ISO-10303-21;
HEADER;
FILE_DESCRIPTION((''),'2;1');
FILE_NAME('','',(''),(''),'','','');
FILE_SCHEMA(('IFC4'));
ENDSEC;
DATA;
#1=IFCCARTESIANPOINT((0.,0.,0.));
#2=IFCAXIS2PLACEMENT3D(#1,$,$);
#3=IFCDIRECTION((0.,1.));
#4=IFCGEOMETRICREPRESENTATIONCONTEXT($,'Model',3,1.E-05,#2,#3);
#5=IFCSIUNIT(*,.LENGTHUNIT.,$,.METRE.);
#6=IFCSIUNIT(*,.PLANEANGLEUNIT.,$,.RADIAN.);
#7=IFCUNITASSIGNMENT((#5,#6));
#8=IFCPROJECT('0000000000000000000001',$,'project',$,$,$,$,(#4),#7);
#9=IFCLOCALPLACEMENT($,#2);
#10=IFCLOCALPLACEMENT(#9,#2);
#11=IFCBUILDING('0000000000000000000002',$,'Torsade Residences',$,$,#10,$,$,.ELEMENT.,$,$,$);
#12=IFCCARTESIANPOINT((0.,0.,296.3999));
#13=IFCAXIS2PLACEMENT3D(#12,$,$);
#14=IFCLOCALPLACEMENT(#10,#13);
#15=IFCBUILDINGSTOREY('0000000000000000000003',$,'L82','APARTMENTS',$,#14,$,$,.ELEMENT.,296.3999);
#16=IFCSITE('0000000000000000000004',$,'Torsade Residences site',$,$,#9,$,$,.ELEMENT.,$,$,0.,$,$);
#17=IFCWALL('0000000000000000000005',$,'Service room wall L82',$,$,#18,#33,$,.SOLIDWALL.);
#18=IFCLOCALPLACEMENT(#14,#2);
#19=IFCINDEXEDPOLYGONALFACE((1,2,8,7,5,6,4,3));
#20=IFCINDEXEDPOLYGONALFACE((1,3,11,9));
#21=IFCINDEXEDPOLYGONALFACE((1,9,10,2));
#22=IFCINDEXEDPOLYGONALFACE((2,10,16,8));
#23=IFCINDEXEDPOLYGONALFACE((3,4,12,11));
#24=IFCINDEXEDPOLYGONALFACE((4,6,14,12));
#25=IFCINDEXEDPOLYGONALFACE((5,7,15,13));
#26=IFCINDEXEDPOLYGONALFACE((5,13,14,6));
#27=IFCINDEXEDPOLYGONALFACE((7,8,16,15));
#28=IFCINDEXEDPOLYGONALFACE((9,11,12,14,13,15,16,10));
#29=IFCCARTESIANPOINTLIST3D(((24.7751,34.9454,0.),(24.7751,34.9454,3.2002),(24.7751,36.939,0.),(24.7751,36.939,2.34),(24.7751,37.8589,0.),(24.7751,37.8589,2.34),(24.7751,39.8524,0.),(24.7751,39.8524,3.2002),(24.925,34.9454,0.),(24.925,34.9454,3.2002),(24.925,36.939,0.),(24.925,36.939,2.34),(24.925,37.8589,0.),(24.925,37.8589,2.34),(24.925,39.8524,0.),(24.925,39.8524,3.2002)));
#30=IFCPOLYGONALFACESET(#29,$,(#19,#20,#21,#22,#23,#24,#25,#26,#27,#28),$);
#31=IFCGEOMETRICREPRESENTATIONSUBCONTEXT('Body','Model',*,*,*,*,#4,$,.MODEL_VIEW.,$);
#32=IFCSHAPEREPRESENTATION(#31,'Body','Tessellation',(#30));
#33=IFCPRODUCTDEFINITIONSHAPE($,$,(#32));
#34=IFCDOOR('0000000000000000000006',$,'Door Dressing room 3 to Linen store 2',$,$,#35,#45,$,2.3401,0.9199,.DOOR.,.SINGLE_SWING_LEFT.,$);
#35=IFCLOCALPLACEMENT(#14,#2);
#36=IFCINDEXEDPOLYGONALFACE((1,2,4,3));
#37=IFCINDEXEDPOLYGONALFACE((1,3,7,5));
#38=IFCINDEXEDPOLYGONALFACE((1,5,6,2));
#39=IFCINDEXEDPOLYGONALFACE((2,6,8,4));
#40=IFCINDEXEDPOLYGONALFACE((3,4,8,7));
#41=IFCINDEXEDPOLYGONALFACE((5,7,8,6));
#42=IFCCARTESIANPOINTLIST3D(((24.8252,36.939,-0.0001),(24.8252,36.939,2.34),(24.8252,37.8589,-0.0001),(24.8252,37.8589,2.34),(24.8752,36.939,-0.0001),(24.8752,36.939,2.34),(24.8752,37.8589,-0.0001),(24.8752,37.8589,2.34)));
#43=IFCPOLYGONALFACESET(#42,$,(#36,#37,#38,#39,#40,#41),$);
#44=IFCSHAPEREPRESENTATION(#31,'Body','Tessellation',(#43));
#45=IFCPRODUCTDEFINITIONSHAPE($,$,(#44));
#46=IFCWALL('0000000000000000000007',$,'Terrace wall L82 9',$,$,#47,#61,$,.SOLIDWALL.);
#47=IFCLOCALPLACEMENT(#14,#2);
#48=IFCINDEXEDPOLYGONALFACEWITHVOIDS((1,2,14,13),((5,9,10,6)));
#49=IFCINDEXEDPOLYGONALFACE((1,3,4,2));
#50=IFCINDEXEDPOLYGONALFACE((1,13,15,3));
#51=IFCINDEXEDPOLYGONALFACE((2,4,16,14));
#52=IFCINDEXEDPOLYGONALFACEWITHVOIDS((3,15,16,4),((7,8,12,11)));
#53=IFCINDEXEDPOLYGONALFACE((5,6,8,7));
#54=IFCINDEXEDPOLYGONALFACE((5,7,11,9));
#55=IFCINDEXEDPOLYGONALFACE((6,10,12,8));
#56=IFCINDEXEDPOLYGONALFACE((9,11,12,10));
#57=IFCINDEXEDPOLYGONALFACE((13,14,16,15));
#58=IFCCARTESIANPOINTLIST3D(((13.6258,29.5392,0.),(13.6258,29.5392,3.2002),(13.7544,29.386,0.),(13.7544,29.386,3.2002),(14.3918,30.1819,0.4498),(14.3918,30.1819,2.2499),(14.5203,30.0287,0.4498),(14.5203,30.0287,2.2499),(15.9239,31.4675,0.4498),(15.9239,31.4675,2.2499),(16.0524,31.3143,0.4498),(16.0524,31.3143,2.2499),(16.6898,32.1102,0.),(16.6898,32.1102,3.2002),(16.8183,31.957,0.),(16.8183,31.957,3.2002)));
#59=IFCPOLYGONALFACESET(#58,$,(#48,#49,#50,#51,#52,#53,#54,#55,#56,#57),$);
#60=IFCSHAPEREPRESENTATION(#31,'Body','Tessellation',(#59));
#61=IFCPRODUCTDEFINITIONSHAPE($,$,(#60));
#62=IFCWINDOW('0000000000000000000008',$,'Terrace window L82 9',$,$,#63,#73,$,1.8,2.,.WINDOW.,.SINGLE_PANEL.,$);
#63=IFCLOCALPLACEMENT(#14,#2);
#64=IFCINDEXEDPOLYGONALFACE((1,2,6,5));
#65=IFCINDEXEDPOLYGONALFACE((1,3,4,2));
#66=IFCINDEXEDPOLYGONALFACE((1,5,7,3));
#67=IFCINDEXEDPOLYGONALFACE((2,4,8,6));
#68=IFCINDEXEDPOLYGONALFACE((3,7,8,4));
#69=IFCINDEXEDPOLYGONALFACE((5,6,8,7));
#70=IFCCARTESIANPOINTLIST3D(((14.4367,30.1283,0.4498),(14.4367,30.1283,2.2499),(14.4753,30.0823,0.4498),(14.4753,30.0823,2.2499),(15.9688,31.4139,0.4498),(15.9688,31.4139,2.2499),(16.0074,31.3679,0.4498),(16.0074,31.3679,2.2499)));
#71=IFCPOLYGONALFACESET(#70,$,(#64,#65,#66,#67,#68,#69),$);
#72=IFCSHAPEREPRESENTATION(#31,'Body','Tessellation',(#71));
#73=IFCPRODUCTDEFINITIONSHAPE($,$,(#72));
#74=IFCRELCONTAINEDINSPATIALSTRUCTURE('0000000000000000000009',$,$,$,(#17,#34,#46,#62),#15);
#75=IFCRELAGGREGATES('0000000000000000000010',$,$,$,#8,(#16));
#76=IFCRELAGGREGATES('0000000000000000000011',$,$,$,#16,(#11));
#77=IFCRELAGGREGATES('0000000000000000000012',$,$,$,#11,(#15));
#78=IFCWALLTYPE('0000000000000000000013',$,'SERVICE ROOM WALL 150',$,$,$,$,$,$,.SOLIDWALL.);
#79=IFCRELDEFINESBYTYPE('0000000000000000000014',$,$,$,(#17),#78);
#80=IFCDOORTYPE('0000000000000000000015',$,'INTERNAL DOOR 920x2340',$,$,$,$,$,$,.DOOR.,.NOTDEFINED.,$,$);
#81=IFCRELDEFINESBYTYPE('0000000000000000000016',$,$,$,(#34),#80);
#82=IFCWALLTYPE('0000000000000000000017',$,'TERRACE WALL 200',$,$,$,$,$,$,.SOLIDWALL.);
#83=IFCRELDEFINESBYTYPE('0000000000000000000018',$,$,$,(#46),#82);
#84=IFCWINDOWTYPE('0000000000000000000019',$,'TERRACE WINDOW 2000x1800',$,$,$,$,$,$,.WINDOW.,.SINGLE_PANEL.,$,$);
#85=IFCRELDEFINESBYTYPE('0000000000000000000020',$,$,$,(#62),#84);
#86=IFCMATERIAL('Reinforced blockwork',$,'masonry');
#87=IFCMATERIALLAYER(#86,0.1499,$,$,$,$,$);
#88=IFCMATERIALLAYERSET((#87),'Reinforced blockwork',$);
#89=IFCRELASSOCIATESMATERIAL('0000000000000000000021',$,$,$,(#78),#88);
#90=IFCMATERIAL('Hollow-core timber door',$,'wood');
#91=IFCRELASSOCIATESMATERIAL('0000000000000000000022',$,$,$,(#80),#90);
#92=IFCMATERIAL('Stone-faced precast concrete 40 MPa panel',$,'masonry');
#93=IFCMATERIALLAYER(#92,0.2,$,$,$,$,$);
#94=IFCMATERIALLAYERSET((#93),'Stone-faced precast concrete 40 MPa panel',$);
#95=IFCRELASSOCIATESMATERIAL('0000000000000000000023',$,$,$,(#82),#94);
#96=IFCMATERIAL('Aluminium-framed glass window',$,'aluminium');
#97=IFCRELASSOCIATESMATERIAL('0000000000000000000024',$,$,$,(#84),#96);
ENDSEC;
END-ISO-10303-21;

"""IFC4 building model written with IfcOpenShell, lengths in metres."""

from ifc_helpers import new_model, si_unit, direction, frame, frame_2d, origin, place, context, subcontext, project, spatial, rectangle, extrude, material, layer, layer_set, type_object, element, fill, save


model = new_model("IFC4")

# Units and contexts
model_context = context("Model", 3, precision=1e-05, world=origin(), true_north=direction((0.0, 1.0)))
body_context = subcontext(model_context, "Body", "Model", "MODEL_VIEW")
ifc_project = project(units=[si_unit("LENGTHUNIT", "METRE"), si_unit("PLANEANGLEUNIT", "RADIAN")], contexts=[model_context])

# Site, building, storey
site_placement = place(None, origin())
site = spatial("IfcSite", under=ifc_project, at=site_placement, Name="Torsade Residences site", CompositionType="ELEMENT", RefElevation=0.0)
building_placement = place(site_placement, origin())
building = spatial("IfcBuilding", under=site, at=building_placement, Name="Torsade Residences", CompositionType="ELEMENT")
storey_placement = place(building_placement, frame((0.0, 0.0, 296.3999)))
storey = spatial("IfcBuildingStorey", under=building, at=storey_placement, Name="L82", Description="APARTMENTS", CompositionType="ELEMENT", Elevation=296.3999)

# Shared definitions
ifc_material_1 = material(Name="Reinforced blockwork", Category="masonry")
ifc_layer_1 = layer(ifc_material_1, 0.1499)
ifc_layer_set_1 = layer_set([ifc_layer_1], Name="Reinforced blockwork")
wall_type_1 = type_object("IfcWallType", Name="SERVICE ROOM WALL 150", PredefinedType="SOLIDWALL", material=ifc_layer_set_1)

# Wall, opening, door
wall_1_placement = place(storey_placement, frame((24.8501, 34.9453, 0.0), z_axis=(0.0, 0.0, 1.0), x_axis=(0.0, 1.0, 0.0)))
wall_1 = element("IfcWall", 1, at=wall_1_placement, inside=storey, type_object=wall_type_1, Name="Service room wall L82", PredefinedType="SOLIDWALL", context=body_context, shape_type="SweptSolid", body=[
    extrude(rectangle(XDim=4.907, YDim=0.1499, at=frame_2d((2.4536, 0.0))), origin(), (0.0, 0.0, 1.0), 3.2002),
])
opening_1_placement = place(wall_1_placement, frame((1.9937, 0.0, 0.0)))
opening_1 = element("IfcOpeningElement", 2, at=opening_1_placement, cuts=wall_1, PredefinedType="OPENING", context=body_context, shape_type="SweptSolid", body=[
    extrude(rectangle(XDim=0.9199, YDim=2.3401, at=frame_2d((0.46, 1.1699))), frame((0.0, 0.085, 0.0), z_axis=(0.0, -1.0, 0.0), x_axis=(1.0, 0.0, 0.0)), (0.0, 0.0, 1.0), 0.1699),
])
ifc_material_2 = material(Name="Hollow-core timber door", Category="wood")
door_type_1 = type_object("IfcDoorType", Name="INTERNAL DOOR 920x2340", OperationType="NOTDEFINED", PredefinedType="DOOR", material=ifc_material_2)
door_1_placement = place(opening_1_placement, origin())
door_1 = element("IfcDoor", 3, at=door_1_placement, inside=storey, type_object=door_type_1, Name="Door Dressing room 3 to Linen store 2", OperationType="SINGLE_SWING_LEFT", OverallHeight=2.3401, OverallWidth=0.9199, PredefinedType="DOOR", context=body_context, shape_type="SweptSolid", body=[
    extrude(rectangle(XDim=0.9199, YDim=2.3401, at=frame_2d((0.46, 1.1699))), frame((0.0, 0.0249, 0.0), z_axis=(0.0, -1.0, 0.0), x_axis=(1.0, 0.0, 0.0)), (0.0, 0.0, 1.0), 0.05),
])
fill(opening_1, door_1)
ifc_material_3 = material(Name="Stone-faced precast concrete 40 MPa panel", Category="masonry")
ifc_layer_2 = layer(ifc_material_3, 0.2)
ifc_layer_set_2 = layer_set([ifc_layer_2], Name="Stone-faced precast concrete 40 MPa panel")
wall_type_2 = type_object("IfcWallType", Name="TERRACE WALL 200", PredefinedType="SOLIDWALL", material=ifc_layer_set_2)

# Wall, opening, window
wall_2_placement = place(storey_placement, frame((16.7542, 32.0337, 0.0), z_axis=(0.0, 0.0, 1.0), x_axis=(-0.766035, -0.642798, 0.0)))
wall_2 = element("IfcWall", 4, at=wall_2_placement, inside=storey, type_object=wall_type_2, Name="Terrace wall L82 9", PredefinedType="SOLIDWALL", context=body_context, shape_type="SweptSolid", body=[
    extrude(rectangle(XDim=3.9998, YDim=0.2, at=frame_2d((2.0, 0.0))), origin(), (0.0, 0.0, 1.0), 3.2002),
])
opening_2_placement = place(wall_2_placement, frame((1.0, 0.0, 0.45)))
opening_2 = element("IfcOpeningElement", 5, at=opening_2_placement, cuts=wall_2, PredefinedType="OPENING", context=body_context, shape_type="SweptSolid", body=[
    extrude(rectangle(XDim=2.0, YDim=1.8, at=frame_2d((1.0, 0.8999))), frame((0.0, 0.1099, 0.0), z_axis=(0.0, -1.0, 0.0), x_axis=(1.0, 0.0, 0.0)), (0.0, 0.0, 1.0), 0.22),
])
ifc_material_4 = material(Name="Aluminium-framed glass window", Category="aluminium")
window_type = type_object("IfcWindowType", Name="TERRACE WINDOW 2000x1800", PartitioningType="SINGLE_PANEL", PredefinedType="WINDOW", material=ifc_material_4)
window_placement = place(opening_2_placement, origin())
window = element("IfcWindow", 6, at=window_placement, inside=storey, type_object=window_type, Name="Terrace window L82 9", OverallHeight=1.8, OverallWidth=2.0, PartitioningType="SINGLE_PANEL", PredefinedType="WINDOW", context=body_context, shape_type="SweptSolid", body=[
    extrude(rectangle(XDim=2.0, YDim=1.8, at=frame_2d((1.0, 0.8999))), frame((0.0, 0.03, 0.0), z_axis=(0.0, -1.0, 0.0), x_axis=(1.0, 0.0, 0.0)), (0.0, 0.0, 1.0), 0.0601),
])
fill(opening_2, window)

save(model, "model.ifc")
